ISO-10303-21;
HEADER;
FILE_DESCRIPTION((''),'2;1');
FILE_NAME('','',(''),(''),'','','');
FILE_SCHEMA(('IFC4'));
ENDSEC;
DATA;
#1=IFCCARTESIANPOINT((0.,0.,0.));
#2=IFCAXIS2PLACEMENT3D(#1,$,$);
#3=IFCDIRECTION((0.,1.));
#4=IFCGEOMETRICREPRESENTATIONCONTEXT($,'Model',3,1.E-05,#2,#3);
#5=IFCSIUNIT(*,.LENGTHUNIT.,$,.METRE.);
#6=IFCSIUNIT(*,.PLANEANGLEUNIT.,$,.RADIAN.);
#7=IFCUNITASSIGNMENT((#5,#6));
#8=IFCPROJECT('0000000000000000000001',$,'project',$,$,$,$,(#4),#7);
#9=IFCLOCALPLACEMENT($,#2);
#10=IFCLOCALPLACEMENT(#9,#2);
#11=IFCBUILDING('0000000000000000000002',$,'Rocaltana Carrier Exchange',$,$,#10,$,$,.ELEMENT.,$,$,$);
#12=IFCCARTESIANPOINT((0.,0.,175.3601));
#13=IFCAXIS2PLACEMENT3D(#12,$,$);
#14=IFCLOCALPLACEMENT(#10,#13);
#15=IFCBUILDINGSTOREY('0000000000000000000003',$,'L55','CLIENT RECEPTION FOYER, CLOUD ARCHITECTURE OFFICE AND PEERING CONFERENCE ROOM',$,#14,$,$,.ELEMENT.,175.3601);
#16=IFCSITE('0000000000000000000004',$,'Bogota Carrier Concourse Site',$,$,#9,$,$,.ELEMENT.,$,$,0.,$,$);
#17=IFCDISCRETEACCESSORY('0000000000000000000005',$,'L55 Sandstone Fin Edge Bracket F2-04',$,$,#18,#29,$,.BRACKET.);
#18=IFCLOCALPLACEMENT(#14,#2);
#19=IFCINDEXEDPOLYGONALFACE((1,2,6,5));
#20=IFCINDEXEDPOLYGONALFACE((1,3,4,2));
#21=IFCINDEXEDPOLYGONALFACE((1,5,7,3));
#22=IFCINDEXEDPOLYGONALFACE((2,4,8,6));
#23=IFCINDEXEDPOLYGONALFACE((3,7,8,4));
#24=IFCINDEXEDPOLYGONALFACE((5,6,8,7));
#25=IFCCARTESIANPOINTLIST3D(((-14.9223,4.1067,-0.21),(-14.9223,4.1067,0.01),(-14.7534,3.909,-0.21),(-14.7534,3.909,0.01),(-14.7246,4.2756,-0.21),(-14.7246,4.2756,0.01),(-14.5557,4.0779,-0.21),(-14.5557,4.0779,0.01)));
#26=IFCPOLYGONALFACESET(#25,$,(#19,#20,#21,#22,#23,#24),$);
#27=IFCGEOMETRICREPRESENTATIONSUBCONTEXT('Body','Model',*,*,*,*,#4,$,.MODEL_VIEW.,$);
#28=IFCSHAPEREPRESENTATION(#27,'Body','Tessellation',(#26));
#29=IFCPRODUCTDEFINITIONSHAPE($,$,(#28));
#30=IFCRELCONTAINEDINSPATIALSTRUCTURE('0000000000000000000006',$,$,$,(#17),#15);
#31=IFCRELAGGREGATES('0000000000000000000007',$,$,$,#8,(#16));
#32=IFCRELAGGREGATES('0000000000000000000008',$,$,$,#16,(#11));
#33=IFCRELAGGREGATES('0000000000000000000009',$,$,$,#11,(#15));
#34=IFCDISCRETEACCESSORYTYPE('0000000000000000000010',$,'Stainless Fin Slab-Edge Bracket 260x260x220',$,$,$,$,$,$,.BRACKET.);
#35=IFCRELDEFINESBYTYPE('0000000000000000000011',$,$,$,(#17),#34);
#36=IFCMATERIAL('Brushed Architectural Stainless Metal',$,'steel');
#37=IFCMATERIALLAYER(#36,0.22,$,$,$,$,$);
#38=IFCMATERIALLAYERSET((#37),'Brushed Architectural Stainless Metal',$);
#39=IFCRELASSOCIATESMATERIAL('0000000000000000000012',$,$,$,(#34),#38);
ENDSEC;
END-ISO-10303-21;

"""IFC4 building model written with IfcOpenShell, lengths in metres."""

from ifc_helpers import new_model, si_unit, direction, frame, origin, origin_2d, place, context, subcontext, project, spatial, rectangle, extrude, material, layer, layer_set, type_object, element, save


model = new_model("IFC4")

# Units and contexts
model_context = context("Model", 3, precision=1e-05, world=origin(), true_north=direction((0.0, 1.0)))
body_context = subcontext(model_context, "Body", "Model", "MODEL_VIEW")
ifc_project = project(units=[si_unit("LENGTHUNIT", "METRE"), si_unit("PLANEANGLEUNIT", "RADIAN")], contexts=[model_context])

# Site, building, storey
site_placement = place(None, origin())
site = spatial("IfcSite", under=ifc_project, at=site_placement, Name="Bogota Carrier Concourse Site", CompositionType="ELEMENT", RefElevation=0.0)
building_placement = place(site_placement, origin())
building = spatial("IfcBuilding", under=site, at=building_placement, Name="Rocaltana Carrier Exchange", CompositionType="ELEMENT")
storey_placement = place(building_placement, frame((0.0, 0.0, 175.3601)))
storey = spatial("IfcBuildingStorey", under=building, at=storey_placement, Name="L55", Description="CLIENT RECEPTION FOYER, CLOUD ARCHITECTURE OFFICE AND PEERING CONFERENCE ROOM", CompositionType="ELEMENT", Elevation=175.3601)

# Discrete accessory
ifc_material_1 = material(Name="Brushed Architectural Stainless Metal", Category="steel")
ifc_layer_1 = layer(ifc_material_1, 0.22)
ifc_layer_set_1 = layer_set([ifc_layer_1], Name="Brushed Architectural Stainless Metal")
discrete_accessory_type = type_object("IfcDiscreteAccessoryType", Name="Stainless Fin Slab-Edge Bracket 260x260x220", PredefinedType="BRACKET", material=ifc_layer_set_1)
discrete_accessory_placement = place(storey_placement, frame((-14.739, 4.0923, -0.21), z_axis=(0.0, 0.0, 1.0), x_axis=(-0.760406, -0.649448, 0.0)))
element("IfcDiscreteAccessory", 1, at=discrete_accessory_placement, inside=storey, type_object=discrete_accessory_type, Name="L55 Sandstone Fin Edge Bracket F2-04", PredefinedType="BRACKET", context=body_context, shape_type="SweptSolid", body=[
    extrude(rectangle(XDim=0.26, YDim=0.26, at=origin_2d()), origin(), (0.0, 0.0, 1.0), 0.22),
])

save(model, "model.ifc")
